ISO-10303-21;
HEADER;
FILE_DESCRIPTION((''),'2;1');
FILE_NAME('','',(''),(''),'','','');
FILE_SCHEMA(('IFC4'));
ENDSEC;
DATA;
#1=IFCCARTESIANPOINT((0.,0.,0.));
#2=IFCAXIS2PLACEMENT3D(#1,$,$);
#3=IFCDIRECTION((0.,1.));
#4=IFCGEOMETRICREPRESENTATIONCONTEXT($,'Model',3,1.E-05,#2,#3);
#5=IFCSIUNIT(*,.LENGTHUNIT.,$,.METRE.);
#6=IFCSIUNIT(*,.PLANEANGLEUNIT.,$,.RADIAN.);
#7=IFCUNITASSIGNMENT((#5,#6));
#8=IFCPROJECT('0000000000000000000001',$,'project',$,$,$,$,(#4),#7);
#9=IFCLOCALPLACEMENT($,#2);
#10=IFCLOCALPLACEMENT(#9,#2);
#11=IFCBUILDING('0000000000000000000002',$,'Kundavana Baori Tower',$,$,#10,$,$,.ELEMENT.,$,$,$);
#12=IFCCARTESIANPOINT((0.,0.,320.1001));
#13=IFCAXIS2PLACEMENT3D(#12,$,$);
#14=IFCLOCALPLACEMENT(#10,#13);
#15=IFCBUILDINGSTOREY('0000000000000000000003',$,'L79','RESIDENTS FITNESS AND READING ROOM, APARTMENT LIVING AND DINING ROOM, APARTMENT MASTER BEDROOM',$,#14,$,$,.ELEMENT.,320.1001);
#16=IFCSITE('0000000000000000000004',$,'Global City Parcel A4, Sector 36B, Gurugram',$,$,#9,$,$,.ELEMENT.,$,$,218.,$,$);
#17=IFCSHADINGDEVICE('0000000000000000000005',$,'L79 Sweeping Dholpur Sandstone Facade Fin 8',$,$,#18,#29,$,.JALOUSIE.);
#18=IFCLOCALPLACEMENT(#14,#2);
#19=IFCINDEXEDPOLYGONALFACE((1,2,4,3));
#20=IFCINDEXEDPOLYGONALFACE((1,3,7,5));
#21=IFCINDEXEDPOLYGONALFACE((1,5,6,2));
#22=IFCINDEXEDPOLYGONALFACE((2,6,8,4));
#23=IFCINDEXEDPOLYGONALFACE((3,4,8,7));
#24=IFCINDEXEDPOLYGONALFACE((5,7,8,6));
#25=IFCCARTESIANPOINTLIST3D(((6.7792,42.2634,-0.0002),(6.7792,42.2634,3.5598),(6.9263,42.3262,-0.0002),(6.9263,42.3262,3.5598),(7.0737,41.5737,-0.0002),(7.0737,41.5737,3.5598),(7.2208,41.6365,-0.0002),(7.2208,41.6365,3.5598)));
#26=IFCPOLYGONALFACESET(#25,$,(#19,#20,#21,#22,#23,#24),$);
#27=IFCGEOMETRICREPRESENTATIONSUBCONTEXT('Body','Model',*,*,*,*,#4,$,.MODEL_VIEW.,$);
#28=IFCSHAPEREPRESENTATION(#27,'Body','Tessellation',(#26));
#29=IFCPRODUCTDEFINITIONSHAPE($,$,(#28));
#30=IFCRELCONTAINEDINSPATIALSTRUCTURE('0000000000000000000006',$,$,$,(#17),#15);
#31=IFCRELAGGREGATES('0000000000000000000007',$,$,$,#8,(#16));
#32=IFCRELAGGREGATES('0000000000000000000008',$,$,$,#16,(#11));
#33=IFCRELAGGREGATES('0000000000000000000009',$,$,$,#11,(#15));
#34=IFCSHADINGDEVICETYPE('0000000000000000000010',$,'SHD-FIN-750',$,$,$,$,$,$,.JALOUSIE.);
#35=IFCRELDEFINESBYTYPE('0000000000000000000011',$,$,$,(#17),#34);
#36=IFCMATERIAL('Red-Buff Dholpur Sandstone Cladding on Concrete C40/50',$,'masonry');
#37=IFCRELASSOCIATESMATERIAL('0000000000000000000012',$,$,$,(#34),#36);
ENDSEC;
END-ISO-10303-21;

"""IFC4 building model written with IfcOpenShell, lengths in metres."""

from ifc_helpers import new_model, si_unit, direction, frame, origin, origin_2d, place, context, subcontext, project, spatial, rectangle, extrude, material, type_object, element, save


model = new_model("IFC4")

# Units and contexts
model_context = context("Model", 3, precision=1e-05, world=origin(), true_north=direction((0.0, 1.0)))
body_context = subcontext(model_context, "Body", "Model", "MODEL_VIEW")
ifc_project = project(units=[si_unit("LENGTHUNIT", "METRE"), si_unit("PLANEANGLEUNIT", "RADIAN")], contexts=[model_context])

# Site, building, storey
site_placement = place(None, origin())
site = spatial("IfcSite", under=ifc_project, at=site_placement, Name="Global City Parcel A4, Sector 36B, Gurugram", CompositionType="ELEMENT", RefElevation=218.0)
building_placement = place(site_placement, origin())
building = spatial("IfcBuilding", under=site, at=building_placement, Name="Kundavana Baori Tower", CompositionType="ELEMENT")
storey_placement = place(building_placement, frame((0.0, 0.0, 320.1001)))
storey = spatial("IfcBuildingStorey", under=building, at=storey_placement, Name="L79", Description="RESIDENTS FITNESS AND READING ROOM, APARTMENT LIVING AND DINING ROOM, APARTMENT MASTER BEDROOM", CompositionType="ELEMENT", Elevation=320.1001)

# Shading device
ifc_material_1 = material(Name="Red-Buff Dholpur Sandstone Cladding on Concrete C40/50", Category="masonry")
shading_device_type = type_object("IfcShadingDeviceType", Name="SHD-FIN-750", PredefinedType="JALOUSIE", material=ifc_material_1)
shading_device_placement = place(storey_placement, frame((7.0, 41.95, -0.0002), z_axis=(0.0, 0.0, 1.0), x_axis=(0.919684, 0.392658, 0.0)))
element("IfcShadingDevice", 1, at=shading_device_placement, inside=storey, type_object=shading_device_type, Name="L79 Sweeping Dholpur Sandstone Facade Fin 8", PredefinedType="JALOUSIE", context=body_context, shape_type="SweptSolid", body=[
    extrude(rectangle(XDim=0.1599, YDim=0.75, at=origin_2d()), origin(), (0.0, 0.0, 1.0), 3.5601),
])

save(model, "model.ifc")
